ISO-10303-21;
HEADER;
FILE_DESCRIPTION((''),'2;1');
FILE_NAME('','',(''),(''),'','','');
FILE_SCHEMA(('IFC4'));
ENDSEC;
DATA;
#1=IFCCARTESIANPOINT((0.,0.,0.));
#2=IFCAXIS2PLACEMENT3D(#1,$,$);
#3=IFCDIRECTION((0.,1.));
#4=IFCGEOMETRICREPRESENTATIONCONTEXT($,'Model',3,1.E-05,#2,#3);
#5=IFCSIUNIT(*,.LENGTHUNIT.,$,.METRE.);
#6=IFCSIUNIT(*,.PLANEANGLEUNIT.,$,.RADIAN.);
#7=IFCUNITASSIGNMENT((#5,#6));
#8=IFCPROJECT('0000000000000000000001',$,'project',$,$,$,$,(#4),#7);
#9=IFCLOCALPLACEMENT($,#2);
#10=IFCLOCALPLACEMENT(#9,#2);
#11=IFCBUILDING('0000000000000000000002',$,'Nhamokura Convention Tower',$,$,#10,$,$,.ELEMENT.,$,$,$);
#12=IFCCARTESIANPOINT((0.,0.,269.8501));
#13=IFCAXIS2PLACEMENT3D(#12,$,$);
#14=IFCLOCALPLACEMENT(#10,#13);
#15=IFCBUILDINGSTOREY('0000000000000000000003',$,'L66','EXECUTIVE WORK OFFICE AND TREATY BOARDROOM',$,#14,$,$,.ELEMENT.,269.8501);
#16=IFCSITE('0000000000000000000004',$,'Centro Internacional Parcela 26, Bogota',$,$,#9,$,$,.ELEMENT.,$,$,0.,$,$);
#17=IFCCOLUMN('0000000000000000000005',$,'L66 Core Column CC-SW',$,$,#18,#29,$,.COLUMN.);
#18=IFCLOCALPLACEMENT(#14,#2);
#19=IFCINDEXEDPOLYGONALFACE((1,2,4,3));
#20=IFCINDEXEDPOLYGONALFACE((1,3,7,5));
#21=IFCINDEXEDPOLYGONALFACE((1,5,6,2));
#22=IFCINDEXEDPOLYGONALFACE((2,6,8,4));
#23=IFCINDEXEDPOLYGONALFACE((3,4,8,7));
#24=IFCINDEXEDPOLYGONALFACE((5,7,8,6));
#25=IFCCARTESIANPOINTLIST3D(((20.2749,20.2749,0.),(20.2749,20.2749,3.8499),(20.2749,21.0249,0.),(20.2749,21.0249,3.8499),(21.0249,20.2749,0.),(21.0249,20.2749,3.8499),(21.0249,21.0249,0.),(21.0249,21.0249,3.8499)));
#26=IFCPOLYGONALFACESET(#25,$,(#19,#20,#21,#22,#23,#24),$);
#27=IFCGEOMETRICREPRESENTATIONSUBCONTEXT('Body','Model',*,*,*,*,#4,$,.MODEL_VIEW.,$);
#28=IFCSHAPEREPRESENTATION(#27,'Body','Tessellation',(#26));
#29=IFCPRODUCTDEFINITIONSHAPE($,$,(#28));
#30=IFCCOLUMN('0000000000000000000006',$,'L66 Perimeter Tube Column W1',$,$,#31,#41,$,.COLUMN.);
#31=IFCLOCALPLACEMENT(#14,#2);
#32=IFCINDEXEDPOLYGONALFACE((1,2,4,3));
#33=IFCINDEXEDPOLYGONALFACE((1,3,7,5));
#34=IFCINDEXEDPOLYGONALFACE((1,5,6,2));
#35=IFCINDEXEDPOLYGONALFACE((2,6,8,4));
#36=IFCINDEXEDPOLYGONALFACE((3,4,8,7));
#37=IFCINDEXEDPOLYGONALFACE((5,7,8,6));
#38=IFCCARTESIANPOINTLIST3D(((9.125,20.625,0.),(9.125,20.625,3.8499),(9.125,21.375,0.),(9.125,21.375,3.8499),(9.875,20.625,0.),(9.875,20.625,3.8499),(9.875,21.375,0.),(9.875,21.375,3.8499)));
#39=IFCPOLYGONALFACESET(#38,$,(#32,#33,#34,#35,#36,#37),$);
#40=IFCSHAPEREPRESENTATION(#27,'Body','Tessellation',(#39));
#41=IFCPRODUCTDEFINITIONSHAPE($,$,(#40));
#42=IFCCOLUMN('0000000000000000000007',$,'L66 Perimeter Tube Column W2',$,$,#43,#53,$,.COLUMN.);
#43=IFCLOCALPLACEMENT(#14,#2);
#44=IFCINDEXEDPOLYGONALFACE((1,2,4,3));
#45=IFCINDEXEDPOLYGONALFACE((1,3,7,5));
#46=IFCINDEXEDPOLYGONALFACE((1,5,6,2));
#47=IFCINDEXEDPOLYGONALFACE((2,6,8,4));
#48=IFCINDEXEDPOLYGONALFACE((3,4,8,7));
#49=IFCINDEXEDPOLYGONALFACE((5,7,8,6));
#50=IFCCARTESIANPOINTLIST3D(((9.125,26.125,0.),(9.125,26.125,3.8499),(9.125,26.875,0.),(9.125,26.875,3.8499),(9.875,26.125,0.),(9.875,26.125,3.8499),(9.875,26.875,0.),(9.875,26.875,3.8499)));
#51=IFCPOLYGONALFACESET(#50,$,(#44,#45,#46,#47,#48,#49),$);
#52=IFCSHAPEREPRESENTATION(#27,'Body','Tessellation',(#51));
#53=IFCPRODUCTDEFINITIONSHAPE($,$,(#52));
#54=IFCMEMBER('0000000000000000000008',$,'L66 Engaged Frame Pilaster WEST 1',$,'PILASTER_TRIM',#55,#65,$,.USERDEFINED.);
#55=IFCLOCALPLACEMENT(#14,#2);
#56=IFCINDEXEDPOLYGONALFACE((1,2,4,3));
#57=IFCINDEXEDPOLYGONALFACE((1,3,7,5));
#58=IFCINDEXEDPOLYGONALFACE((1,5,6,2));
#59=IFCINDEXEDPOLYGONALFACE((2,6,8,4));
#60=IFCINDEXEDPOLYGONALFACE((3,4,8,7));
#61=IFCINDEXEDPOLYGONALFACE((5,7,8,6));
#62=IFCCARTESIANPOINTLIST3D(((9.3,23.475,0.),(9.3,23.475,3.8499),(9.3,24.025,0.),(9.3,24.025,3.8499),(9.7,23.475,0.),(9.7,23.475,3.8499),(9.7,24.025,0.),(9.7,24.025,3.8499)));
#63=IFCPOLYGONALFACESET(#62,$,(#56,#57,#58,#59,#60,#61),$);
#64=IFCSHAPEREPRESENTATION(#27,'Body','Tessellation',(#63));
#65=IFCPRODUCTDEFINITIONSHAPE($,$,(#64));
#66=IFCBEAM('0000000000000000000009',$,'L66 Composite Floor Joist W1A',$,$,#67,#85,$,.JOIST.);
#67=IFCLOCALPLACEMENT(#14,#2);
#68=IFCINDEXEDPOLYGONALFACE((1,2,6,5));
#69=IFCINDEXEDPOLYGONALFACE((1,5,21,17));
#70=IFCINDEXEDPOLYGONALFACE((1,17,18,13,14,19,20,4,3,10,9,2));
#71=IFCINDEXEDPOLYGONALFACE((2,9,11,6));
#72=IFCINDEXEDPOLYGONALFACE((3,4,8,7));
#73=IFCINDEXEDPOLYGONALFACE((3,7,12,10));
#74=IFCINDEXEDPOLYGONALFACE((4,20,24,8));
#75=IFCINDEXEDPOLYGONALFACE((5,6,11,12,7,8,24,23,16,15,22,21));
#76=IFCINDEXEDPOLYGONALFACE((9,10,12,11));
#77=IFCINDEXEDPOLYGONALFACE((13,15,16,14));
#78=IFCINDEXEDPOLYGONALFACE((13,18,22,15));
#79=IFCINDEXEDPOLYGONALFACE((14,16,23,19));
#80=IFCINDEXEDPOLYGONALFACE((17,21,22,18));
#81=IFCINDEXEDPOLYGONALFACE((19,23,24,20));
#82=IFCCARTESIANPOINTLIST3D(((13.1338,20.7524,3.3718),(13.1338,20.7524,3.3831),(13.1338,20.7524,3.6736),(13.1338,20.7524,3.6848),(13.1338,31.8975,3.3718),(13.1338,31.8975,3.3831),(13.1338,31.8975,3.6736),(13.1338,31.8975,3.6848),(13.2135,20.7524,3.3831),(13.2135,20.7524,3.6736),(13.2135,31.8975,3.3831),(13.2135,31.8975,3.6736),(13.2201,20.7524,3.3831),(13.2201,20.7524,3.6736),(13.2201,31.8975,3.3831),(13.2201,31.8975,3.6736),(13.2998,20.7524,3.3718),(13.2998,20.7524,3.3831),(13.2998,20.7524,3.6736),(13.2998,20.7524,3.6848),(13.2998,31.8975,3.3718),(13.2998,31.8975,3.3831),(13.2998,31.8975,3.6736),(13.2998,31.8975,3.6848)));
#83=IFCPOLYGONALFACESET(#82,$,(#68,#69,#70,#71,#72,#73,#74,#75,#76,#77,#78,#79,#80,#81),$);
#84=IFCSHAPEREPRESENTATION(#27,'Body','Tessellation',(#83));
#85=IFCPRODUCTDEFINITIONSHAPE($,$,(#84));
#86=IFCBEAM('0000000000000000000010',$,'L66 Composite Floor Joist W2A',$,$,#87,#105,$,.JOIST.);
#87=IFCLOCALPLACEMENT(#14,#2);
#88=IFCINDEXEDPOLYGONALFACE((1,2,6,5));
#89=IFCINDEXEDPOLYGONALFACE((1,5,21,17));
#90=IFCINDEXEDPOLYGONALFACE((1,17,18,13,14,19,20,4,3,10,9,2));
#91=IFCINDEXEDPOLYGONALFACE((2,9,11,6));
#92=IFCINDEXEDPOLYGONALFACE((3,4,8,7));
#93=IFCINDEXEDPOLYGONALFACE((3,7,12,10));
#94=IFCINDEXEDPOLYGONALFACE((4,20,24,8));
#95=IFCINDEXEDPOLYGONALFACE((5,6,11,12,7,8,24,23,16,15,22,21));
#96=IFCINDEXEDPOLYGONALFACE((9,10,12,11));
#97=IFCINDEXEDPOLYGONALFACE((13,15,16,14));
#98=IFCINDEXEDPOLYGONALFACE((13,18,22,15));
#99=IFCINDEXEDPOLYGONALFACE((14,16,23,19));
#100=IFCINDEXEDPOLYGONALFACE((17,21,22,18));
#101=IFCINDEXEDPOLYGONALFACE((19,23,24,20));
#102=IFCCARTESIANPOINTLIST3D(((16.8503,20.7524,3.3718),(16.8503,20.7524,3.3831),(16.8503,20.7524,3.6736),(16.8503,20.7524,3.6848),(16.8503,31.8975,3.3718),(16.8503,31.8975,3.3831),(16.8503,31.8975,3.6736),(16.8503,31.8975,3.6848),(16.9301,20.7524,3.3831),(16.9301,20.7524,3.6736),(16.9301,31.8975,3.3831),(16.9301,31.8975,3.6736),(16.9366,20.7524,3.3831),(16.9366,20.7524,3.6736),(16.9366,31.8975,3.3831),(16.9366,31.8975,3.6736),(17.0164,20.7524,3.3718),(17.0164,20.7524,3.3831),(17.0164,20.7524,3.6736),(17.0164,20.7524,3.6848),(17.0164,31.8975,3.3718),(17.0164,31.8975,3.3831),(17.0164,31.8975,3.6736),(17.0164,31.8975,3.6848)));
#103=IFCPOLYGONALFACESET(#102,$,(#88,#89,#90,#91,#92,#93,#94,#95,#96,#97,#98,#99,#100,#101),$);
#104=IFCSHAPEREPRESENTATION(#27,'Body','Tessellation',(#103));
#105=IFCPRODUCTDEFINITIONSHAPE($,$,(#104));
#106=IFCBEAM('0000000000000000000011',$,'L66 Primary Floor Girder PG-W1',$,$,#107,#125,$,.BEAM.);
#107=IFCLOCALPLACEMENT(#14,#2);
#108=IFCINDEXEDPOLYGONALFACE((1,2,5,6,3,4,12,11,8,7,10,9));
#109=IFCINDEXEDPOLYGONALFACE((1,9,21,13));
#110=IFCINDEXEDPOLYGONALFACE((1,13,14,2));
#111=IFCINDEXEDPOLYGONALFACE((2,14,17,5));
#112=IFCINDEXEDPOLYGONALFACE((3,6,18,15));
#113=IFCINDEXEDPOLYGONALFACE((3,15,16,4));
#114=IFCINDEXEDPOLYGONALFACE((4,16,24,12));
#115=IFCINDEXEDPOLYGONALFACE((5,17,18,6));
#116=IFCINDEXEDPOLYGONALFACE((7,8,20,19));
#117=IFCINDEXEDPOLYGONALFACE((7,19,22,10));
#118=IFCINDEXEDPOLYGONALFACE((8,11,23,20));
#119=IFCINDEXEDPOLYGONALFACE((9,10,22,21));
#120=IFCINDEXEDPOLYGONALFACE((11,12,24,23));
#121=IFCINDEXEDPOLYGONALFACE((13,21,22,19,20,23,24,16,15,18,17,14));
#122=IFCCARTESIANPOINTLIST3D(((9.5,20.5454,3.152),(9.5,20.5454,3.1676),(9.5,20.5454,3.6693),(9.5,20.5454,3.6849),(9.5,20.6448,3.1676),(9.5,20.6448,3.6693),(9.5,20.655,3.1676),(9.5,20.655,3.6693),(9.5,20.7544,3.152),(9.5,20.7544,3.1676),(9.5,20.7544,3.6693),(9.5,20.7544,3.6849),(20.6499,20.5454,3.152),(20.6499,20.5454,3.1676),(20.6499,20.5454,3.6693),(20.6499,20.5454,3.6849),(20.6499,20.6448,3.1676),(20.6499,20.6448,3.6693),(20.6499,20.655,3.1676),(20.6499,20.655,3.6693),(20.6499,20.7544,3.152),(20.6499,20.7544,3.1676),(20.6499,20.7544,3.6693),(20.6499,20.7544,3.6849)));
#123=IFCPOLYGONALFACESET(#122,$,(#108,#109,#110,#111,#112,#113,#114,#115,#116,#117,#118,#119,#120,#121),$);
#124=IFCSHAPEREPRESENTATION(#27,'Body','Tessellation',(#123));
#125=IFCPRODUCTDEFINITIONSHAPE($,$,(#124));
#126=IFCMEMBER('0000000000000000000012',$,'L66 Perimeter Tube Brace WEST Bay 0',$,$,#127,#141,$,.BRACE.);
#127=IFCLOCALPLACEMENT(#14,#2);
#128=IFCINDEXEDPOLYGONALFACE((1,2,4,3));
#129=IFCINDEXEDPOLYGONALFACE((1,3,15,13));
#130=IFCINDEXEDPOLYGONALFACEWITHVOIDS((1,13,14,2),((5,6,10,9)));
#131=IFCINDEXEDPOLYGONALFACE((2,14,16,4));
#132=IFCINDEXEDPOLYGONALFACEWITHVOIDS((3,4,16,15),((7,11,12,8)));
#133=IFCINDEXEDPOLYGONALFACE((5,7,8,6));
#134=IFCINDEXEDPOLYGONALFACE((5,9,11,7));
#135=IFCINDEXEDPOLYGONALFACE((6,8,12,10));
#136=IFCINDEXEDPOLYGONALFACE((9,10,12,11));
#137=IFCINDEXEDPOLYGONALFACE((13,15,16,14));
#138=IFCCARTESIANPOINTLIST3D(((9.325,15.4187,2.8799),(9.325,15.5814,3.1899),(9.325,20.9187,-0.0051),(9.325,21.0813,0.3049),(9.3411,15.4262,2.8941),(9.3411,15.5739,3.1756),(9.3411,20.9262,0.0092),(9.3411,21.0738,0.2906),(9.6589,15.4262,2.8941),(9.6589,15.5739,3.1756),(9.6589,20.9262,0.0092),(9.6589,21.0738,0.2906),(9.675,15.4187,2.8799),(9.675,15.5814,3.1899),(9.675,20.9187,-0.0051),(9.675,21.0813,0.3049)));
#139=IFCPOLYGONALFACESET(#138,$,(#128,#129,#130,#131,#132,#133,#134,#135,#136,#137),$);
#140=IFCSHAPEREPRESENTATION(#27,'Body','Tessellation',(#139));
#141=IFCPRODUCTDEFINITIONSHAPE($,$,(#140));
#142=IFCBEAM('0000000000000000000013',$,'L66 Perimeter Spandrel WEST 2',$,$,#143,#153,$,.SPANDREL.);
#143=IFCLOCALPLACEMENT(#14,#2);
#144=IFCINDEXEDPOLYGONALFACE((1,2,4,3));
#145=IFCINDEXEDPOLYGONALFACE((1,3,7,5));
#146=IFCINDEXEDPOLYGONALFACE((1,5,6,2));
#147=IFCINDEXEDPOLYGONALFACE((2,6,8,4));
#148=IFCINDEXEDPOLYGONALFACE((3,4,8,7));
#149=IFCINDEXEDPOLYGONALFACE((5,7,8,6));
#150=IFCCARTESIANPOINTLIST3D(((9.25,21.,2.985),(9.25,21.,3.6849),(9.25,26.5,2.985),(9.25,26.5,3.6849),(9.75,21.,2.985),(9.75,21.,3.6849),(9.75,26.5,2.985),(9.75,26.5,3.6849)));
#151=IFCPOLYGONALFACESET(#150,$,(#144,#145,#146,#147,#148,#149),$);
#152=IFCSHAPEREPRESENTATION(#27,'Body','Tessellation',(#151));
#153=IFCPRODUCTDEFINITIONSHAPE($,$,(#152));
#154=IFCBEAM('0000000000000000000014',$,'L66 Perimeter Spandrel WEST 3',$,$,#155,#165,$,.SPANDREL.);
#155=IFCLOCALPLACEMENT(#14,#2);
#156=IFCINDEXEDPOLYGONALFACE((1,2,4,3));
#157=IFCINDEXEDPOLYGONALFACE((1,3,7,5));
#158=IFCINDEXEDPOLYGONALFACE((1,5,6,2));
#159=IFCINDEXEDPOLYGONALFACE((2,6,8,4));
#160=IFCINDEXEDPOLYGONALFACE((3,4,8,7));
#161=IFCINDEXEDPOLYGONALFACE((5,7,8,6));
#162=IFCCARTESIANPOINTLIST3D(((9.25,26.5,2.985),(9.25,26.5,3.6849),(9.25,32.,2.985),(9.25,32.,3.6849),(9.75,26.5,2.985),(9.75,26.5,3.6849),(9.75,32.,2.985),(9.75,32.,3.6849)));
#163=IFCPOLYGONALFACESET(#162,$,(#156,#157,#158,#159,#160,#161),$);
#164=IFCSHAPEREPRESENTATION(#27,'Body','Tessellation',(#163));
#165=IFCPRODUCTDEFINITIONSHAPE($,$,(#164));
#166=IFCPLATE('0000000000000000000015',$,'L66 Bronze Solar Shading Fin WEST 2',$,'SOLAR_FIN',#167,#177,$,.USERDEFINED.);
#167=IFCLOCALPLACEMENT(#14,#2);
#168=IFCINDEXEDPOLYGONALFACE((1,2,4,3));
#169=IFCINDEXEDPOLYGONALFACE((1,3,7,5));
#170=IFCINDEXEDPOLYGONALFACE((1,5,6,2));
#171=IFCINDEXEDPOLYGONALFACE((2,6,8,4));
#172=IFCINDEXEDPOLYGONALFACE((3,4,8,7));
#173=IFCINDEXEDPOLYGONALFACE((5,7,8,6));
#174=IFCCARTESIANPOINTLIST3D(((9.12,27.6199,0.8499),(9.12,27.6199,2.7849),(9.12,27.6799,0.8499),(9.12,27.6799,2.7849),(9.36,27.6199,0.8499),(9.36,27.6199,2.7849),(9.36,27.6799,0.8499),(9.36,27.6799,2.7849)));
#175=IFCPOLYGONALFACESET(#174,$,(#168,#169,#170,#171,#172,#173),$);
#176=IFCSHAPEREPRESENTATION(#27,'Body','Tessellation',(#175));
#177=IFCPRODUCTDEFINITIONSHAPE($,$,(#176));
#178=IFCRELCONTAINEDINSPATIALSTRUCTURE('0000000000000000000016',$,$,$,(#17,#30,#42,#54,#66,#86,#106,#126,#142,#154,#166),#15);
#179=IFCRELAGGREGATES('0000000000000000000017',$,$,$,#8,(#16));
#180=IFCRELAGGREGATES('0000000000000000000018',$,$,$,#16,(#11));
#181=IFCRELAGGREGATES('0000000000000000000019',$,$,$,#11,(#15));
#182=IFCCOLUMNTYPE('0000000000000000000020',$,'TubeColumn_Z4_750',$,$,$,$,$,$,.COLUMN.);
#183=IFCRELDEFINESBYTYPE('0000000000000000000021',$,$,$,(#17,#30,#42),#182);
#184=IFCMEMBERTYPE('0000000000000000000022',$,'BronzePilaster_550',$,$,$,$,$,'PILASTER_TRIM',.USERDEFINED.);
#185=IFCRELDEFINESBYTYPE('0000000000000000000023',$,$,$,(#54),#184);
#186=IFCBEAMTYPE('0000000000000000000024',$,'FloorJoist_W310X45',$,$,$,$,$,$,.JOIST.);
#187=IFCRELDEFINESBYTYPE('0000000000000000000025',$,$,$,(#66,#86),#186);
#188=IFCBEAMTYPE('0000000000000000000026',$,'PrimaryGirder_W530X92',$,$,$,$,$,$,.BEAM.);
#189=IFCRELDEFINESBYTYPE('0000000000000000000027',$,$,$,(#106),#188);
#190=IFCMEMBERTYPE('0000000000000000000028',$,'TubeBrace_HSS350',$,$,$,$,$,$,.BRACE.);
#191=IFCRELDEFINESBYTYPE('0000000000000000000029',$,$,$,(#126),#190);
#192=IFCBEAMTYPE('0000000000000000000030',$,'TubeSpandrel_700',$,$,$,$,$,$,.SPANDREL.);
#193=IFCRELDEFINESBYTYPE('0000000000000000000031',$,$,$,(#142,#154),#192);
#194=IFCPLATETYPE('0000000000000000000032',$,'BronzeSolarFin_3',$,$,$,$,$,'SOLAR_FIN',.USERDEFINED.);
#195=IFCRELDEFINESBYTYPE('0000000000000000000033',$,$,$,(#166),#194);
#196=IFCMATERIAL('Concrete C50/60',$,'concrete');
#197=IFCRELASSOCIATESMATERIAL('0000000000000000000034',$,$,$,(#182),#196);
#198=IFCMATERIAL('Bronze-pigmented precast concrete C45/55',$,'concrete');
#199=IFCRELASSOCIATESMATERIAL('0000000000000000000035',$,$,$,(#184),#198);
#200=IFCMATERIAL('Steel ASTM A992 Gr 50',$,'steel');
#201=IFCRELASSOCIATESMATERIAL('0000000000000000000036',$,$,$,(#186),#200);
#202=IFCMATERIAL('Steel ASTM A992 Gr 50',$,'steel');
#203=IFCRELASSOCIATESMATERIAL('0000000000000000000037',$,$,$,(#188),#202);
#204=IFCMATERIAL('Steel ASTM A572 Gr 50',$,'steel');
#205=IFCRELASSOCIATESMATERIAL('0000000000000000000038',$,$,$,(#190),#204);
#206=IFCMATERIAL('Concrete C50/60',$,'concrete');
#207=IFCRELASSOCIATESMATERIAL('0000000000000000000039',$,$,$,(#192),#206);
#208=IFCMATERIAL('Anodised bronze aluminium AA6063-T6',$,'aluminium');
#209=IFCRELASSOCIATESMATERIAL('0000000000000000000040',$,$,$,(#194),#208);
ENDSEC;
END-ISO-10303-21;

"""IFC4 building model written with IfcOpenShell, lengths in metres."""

from ifc_helpers import new_model, si_unit, direction, frame, origin, origin_2d, place, context, subcontext, project, spatial, rectangle, hollow_rectangle, i_section, extrude, material, material_profile, profile_set, type_object, element, save


model = new_model("IFC4")

# Units and contexts
model_context = context("Model", 3, precision=1e-05, world=origin(), true_north=direction((0.0, 1.0)))
body_context = subcontext(model_context, "Body", "Model", "MODEL_VIEW")
ifc_project = project(units=[si_unit("LENGTHUNIT", "METRE"), si_unit("PLANEANGLEUNIT", "RADIAN")], contexts=[model_context])

# Site, building, storey
site_placement = place(None, origin())
site = spatial("IfcSite", under=ifc_project, at=site_placement, Name="Centro Internacional Parcela 26, Bogota", CompositionType="ELEMENT", RefElevation=0.0)
building_placement = place(site_placement, origin())
building = spatial("IfcBuilding", under=site, at=building_placement, Name="Nhamokura Convention Tower", CompositionType="ELEMENT")
storey_placement = place(building_placement, frame((0.0, 0.0, 269.8501)))
storey = spatial("IfcBuildingStorey", under=building, at=storey_placement, Name="L66", Description="EXECUTIVE WORK OFFICE AND TREATY BOARDROOM", CompositionType="ELEMENT", Elevation=269.8501)

# Columns
ifc_material_1 = material(Name="Concrete C50/60", Category="concrete")
ifc_material_profile_1 = material_profile(ifc_material_1, rectangle(XDim=0.75, YDim=0.75, at=origin_2d()))
ifc_profile_set_1 = profile_set([ifc_material_profile_1], Name="Concrete C50/60")
column_type = type_object("IfcColumnType", Name="TubeColumn_Z4_750", PredefinedType="COLUMN", material=ifc_profile_set_1)
for number, where, z_axis, x_axis, name in (
    (1, (20.6499, 20.6499, 0.0), (0.0, 0.0, 1.0), (1.0, 0.0, 0.0), "L66 Core Column CC-SW"),
    (2, (9.5, 21.0, 0.0), (0.0, 0.0, 1.0), (1.0, 0.0, 0.0), "L66 Perimeter Tube Column W1"),
    (3, (9.5, 26.5, 0.0), (0.0, 0.0, 1.0), (1.0, 0.0, 0.0), "L66 Perimeter Tube Column W2"),
):
    element("IfcColumn", number, at=place(storey_placement, frame(where, z_axis=z_axis, x_axis=x_axis)), inside=storey, type_object=column_type, Name=name, PredefinedType="COLUMN", context=body_context, shape_type="SweptSolid", body=[
        extrude(rectangle(XDim=0.75, YDim=0.75, at=origin_2d()), origin(), (0.0, 0.0, 1.0), 3.8499),
    ])

# Member
ifc_material_2 = material(Name="Bronze-pigmented precast concrete C45/55", Category="concrete")
ifc_material_profile_2 = material_profile(ifc_material_2, rectangle(XDim=0.3999, YDim=0.55, at=origin_2d()))
ifc_profile_set_2 = profile_set([ifc_material_profile_2], Name="Bronze-pigmented precast concrete C45/55")
member_type_1 = type_object("IfcMemberType", Name="BronzePilaster_550", ElementType="PILASTER_TRIM", PredefinedType="USERDEFINED", material=ifc_profile_set_2)
member_1_placement = place(storey_placement, frame((9.5, 23.75, 0.0), z_axis=(0.0, 0.0, 1.0), x_axis=(1.0, 0.0, 0.0)))
element("IfcMember", 4, at=member_1_placement, inside=storey, type_object=member_type_1, Name="L66 Engaged Frame Pilaster WEST 1", ObjectType="PILASTER_TRIM", PredefinedType="USERDEFINED", context=body_context, shape_type="SweptSolid", body=[
    extrude(rectangle(XDim=0.3999, YDim=0.55, at=origin_2d()), origin(), (0.0, 0.0, 1.0), 3.8499),
])

# Beams
ifc_material_3 = material(Name="Steel ASTM A992 Gr 50", Category="steel")
ifc_material_profile_3 = material_profile(ifc_material_3, i_section(OverallWidth=0.166, OverallDepth=0.313, WebThickness=0.0066, FlangeThickness=0.0112, at=origin_2d()))
ifc_profile_set_3 = profile_set([ifc_material_profile_3], Name="Steel ASTM A992 Gr 50")
beam_type_1 = type_object("IfcBeamType", Name="FloorJoist_W310X45", PredefinedType="JOIST", material=ifc_profile_set_3)
for number, where, z_axis, x_axis, name in (
    (5, (13.2168, 20.7524, 3.5283), (0.0, 1.0, 0.0), (-1.0, 0.0, 0.0), "L66 Composite Floor Joist W1A"),
    (6, (16.9333, 20.7524, 3.5283), (0.0, 1.0, 0.0), (-1.0, 0.0, 0.0), "L66 Composite Floor Joist W2A"),
):
    element("IfcBeam", number, at=place(storey_placement, frame(where, z_axis=z_axis, x_axis=x_axis)), inside=storey, type_object=beam_type_1, Name=name, PredefinedType="JOIST", context=body_context, shape_type="SweptSolid", body=[
        extrude(i_section(OverallWidth=0.166, OverallDepth=0.313, WebThickness=0.0066, FlangeThickness=0.0112, at=origin_2d()), origin(), (0.0, 0.0, 1.0), 11.145),
    ])
ifc_material_4 = material(Name="Steel ASTM A992 Gr 50", Category="steel")
ifc_material_profile_4 = material_profile(ifc_material_4, i_section(OverallWidth=0.209, OverallDepth=0.533, WebThickness=0.0103, FlangeThickness=0.0156, at=origin_2d()))
ifc_profile_set_4 = profile_set([ifc_material_profile_4], Name="Steel ASTM A992 Gr 50")
beam_type_2 = type_object("IfcBeamType", Name="PrimaryGirder_W530X92", PredefinedType="BEAM", material=ifc_profile_set_4)
beam_placement = place(storey_placement, frame((9.5, 20.6499, 3.4185), z_axis=(1.0, 0.0, 0.0), x_axis=(0.0, 1.0, 0.0)))
element("IfcBeam", 7, at=beam_placement, inside=storey, type_object=beam_type_2, Name="L66 Primary Floor Girder PG-W1", PredefinedType="BEAM", context=body_context, shape_type="SweptSolid", body=[
    extrude(i_section(OverallWidth=0.209, OverallDepth=0.533, WebThickness=0.0103, FlangeThickness=0.0156, at=origin_2d()), origin(), (0.0, 0.0, 1.0), 11.1499),
])

# Member
ifc_material_5 = material(Name="Steel ASTM A572 Gr 50", Category="steel")
ifc_material_profile_5 = material_profile(ifc_material_5, hollow_rectangle(XDim=0.3501, YDim=0.3501, WallThickness=0.0161, at=origin_2d()))
ifc_profile_set_5 = profile_set([ifc_material_profile_5], Name="Steel ASTM A572 Gr 50")
member_type_2 = type_object("IfcMemberType", Name="TubeBrace_HSS350", PredefinedType="BRACE", material=ifc_profile_set_5)
member_2_placement = place(storey_placement, frame((9.5, 21.0, 0.1499), z_axis=(0.0, -0.885563, 0.46452), x_axis=(1.0, 0.0, 0.0)))
element("IfcMember", 8, at=member_2_placement, inside=storey, type_object=member_type_2, Name="L66 Perimeter Tube Brace WEST Bay 0", PredefinedType="BRACE", context=body_context, shape_type="SweptSolid", body=[
    extrude(hollow_rectangle(XDim=0.3501, YDim=0.3501, WallThickness=0.0161, at=origin_2d()), origin(), (0.0, 0.0, 1.0), 6.2107),
])

# Beams
ifc_material_6 = material(Name="Concrete C50/60", Category="concrete")
ifc_material_profile_6 = material_profile(ifc_material_6, rectangle(XDim=0.5, YDim=0.7, at=origin_2d()))
ifc_profile_set_6 = profile_set([ifc_material_profile_6], Name="Concrete C50/60")
beam_type_3 = type_object("IfcBeamType", Name="TubeSpandrel_700", PredefinedType="SPANDREL", material=ifc_profile_set_6)
for number, where, z_axis, x_axis, name in (
    (9, (9.5, 21.0, 3.335), (0.0, 1.0, 0.0), (-1.0, 0.0, 0.0), "L66 Perimeter Spandrel WEST 2"),
    (10, (9.5, 26.5, 3.335), (0.0, 1.0, 0.0), (-1.0, 0.0, 0.0), "L66 Perimeter Spandrel WEST 3"),
):
    element("IfcBeam", number, at=place(storey_placement, frame(where, z_axis=z_axis, x_axis=x_axis)), inside=storey, type_object=beam_type_3, Name=name, PredefinedType="SPANDREL", context=body_context, shape_type="SweptSolid", body=[
        extrude(rectangle(XDim=0.5, YDim=0.7, at=origin_2d()), origin(), (0.0, 0.0, 1.0), 5.5),
    ])

# Plate
ifc_material_7 = material(Name="Anodised bronze aluminium AA6063-T6", Category="aluminium")
plate_type = type_object("IfcPlateType", Name="BronzeSolarFin_3", ElementType="SOLAR_FIN", PredefinedType="USERDEFINED", material=ifc_material_7)
plate_placement = place(storey_placement, frame((9.24, 27.6499, 0.8499), z_axis=(0.0, 0.0, 1.0), x_axis=(1.0, 0.0, 0.0)))
element("IfcPlate", 11, at=plate_placement, inside=storey, type_object=plate_type, Name="L66 Bronze Solar Shading Fin WEST 2", ObjectType="SOLAR_FIN", PredefinedType="USERDEFINED", context=body_context, shape_type="SweptSolid", body=[
    extrude(rectangle(XDim=0.24, YDim=0.0601, at=origin_2d()), origin(), (0.0, 0.0, 1.0), 1.9351),
])

save(model, "model.ifc")
